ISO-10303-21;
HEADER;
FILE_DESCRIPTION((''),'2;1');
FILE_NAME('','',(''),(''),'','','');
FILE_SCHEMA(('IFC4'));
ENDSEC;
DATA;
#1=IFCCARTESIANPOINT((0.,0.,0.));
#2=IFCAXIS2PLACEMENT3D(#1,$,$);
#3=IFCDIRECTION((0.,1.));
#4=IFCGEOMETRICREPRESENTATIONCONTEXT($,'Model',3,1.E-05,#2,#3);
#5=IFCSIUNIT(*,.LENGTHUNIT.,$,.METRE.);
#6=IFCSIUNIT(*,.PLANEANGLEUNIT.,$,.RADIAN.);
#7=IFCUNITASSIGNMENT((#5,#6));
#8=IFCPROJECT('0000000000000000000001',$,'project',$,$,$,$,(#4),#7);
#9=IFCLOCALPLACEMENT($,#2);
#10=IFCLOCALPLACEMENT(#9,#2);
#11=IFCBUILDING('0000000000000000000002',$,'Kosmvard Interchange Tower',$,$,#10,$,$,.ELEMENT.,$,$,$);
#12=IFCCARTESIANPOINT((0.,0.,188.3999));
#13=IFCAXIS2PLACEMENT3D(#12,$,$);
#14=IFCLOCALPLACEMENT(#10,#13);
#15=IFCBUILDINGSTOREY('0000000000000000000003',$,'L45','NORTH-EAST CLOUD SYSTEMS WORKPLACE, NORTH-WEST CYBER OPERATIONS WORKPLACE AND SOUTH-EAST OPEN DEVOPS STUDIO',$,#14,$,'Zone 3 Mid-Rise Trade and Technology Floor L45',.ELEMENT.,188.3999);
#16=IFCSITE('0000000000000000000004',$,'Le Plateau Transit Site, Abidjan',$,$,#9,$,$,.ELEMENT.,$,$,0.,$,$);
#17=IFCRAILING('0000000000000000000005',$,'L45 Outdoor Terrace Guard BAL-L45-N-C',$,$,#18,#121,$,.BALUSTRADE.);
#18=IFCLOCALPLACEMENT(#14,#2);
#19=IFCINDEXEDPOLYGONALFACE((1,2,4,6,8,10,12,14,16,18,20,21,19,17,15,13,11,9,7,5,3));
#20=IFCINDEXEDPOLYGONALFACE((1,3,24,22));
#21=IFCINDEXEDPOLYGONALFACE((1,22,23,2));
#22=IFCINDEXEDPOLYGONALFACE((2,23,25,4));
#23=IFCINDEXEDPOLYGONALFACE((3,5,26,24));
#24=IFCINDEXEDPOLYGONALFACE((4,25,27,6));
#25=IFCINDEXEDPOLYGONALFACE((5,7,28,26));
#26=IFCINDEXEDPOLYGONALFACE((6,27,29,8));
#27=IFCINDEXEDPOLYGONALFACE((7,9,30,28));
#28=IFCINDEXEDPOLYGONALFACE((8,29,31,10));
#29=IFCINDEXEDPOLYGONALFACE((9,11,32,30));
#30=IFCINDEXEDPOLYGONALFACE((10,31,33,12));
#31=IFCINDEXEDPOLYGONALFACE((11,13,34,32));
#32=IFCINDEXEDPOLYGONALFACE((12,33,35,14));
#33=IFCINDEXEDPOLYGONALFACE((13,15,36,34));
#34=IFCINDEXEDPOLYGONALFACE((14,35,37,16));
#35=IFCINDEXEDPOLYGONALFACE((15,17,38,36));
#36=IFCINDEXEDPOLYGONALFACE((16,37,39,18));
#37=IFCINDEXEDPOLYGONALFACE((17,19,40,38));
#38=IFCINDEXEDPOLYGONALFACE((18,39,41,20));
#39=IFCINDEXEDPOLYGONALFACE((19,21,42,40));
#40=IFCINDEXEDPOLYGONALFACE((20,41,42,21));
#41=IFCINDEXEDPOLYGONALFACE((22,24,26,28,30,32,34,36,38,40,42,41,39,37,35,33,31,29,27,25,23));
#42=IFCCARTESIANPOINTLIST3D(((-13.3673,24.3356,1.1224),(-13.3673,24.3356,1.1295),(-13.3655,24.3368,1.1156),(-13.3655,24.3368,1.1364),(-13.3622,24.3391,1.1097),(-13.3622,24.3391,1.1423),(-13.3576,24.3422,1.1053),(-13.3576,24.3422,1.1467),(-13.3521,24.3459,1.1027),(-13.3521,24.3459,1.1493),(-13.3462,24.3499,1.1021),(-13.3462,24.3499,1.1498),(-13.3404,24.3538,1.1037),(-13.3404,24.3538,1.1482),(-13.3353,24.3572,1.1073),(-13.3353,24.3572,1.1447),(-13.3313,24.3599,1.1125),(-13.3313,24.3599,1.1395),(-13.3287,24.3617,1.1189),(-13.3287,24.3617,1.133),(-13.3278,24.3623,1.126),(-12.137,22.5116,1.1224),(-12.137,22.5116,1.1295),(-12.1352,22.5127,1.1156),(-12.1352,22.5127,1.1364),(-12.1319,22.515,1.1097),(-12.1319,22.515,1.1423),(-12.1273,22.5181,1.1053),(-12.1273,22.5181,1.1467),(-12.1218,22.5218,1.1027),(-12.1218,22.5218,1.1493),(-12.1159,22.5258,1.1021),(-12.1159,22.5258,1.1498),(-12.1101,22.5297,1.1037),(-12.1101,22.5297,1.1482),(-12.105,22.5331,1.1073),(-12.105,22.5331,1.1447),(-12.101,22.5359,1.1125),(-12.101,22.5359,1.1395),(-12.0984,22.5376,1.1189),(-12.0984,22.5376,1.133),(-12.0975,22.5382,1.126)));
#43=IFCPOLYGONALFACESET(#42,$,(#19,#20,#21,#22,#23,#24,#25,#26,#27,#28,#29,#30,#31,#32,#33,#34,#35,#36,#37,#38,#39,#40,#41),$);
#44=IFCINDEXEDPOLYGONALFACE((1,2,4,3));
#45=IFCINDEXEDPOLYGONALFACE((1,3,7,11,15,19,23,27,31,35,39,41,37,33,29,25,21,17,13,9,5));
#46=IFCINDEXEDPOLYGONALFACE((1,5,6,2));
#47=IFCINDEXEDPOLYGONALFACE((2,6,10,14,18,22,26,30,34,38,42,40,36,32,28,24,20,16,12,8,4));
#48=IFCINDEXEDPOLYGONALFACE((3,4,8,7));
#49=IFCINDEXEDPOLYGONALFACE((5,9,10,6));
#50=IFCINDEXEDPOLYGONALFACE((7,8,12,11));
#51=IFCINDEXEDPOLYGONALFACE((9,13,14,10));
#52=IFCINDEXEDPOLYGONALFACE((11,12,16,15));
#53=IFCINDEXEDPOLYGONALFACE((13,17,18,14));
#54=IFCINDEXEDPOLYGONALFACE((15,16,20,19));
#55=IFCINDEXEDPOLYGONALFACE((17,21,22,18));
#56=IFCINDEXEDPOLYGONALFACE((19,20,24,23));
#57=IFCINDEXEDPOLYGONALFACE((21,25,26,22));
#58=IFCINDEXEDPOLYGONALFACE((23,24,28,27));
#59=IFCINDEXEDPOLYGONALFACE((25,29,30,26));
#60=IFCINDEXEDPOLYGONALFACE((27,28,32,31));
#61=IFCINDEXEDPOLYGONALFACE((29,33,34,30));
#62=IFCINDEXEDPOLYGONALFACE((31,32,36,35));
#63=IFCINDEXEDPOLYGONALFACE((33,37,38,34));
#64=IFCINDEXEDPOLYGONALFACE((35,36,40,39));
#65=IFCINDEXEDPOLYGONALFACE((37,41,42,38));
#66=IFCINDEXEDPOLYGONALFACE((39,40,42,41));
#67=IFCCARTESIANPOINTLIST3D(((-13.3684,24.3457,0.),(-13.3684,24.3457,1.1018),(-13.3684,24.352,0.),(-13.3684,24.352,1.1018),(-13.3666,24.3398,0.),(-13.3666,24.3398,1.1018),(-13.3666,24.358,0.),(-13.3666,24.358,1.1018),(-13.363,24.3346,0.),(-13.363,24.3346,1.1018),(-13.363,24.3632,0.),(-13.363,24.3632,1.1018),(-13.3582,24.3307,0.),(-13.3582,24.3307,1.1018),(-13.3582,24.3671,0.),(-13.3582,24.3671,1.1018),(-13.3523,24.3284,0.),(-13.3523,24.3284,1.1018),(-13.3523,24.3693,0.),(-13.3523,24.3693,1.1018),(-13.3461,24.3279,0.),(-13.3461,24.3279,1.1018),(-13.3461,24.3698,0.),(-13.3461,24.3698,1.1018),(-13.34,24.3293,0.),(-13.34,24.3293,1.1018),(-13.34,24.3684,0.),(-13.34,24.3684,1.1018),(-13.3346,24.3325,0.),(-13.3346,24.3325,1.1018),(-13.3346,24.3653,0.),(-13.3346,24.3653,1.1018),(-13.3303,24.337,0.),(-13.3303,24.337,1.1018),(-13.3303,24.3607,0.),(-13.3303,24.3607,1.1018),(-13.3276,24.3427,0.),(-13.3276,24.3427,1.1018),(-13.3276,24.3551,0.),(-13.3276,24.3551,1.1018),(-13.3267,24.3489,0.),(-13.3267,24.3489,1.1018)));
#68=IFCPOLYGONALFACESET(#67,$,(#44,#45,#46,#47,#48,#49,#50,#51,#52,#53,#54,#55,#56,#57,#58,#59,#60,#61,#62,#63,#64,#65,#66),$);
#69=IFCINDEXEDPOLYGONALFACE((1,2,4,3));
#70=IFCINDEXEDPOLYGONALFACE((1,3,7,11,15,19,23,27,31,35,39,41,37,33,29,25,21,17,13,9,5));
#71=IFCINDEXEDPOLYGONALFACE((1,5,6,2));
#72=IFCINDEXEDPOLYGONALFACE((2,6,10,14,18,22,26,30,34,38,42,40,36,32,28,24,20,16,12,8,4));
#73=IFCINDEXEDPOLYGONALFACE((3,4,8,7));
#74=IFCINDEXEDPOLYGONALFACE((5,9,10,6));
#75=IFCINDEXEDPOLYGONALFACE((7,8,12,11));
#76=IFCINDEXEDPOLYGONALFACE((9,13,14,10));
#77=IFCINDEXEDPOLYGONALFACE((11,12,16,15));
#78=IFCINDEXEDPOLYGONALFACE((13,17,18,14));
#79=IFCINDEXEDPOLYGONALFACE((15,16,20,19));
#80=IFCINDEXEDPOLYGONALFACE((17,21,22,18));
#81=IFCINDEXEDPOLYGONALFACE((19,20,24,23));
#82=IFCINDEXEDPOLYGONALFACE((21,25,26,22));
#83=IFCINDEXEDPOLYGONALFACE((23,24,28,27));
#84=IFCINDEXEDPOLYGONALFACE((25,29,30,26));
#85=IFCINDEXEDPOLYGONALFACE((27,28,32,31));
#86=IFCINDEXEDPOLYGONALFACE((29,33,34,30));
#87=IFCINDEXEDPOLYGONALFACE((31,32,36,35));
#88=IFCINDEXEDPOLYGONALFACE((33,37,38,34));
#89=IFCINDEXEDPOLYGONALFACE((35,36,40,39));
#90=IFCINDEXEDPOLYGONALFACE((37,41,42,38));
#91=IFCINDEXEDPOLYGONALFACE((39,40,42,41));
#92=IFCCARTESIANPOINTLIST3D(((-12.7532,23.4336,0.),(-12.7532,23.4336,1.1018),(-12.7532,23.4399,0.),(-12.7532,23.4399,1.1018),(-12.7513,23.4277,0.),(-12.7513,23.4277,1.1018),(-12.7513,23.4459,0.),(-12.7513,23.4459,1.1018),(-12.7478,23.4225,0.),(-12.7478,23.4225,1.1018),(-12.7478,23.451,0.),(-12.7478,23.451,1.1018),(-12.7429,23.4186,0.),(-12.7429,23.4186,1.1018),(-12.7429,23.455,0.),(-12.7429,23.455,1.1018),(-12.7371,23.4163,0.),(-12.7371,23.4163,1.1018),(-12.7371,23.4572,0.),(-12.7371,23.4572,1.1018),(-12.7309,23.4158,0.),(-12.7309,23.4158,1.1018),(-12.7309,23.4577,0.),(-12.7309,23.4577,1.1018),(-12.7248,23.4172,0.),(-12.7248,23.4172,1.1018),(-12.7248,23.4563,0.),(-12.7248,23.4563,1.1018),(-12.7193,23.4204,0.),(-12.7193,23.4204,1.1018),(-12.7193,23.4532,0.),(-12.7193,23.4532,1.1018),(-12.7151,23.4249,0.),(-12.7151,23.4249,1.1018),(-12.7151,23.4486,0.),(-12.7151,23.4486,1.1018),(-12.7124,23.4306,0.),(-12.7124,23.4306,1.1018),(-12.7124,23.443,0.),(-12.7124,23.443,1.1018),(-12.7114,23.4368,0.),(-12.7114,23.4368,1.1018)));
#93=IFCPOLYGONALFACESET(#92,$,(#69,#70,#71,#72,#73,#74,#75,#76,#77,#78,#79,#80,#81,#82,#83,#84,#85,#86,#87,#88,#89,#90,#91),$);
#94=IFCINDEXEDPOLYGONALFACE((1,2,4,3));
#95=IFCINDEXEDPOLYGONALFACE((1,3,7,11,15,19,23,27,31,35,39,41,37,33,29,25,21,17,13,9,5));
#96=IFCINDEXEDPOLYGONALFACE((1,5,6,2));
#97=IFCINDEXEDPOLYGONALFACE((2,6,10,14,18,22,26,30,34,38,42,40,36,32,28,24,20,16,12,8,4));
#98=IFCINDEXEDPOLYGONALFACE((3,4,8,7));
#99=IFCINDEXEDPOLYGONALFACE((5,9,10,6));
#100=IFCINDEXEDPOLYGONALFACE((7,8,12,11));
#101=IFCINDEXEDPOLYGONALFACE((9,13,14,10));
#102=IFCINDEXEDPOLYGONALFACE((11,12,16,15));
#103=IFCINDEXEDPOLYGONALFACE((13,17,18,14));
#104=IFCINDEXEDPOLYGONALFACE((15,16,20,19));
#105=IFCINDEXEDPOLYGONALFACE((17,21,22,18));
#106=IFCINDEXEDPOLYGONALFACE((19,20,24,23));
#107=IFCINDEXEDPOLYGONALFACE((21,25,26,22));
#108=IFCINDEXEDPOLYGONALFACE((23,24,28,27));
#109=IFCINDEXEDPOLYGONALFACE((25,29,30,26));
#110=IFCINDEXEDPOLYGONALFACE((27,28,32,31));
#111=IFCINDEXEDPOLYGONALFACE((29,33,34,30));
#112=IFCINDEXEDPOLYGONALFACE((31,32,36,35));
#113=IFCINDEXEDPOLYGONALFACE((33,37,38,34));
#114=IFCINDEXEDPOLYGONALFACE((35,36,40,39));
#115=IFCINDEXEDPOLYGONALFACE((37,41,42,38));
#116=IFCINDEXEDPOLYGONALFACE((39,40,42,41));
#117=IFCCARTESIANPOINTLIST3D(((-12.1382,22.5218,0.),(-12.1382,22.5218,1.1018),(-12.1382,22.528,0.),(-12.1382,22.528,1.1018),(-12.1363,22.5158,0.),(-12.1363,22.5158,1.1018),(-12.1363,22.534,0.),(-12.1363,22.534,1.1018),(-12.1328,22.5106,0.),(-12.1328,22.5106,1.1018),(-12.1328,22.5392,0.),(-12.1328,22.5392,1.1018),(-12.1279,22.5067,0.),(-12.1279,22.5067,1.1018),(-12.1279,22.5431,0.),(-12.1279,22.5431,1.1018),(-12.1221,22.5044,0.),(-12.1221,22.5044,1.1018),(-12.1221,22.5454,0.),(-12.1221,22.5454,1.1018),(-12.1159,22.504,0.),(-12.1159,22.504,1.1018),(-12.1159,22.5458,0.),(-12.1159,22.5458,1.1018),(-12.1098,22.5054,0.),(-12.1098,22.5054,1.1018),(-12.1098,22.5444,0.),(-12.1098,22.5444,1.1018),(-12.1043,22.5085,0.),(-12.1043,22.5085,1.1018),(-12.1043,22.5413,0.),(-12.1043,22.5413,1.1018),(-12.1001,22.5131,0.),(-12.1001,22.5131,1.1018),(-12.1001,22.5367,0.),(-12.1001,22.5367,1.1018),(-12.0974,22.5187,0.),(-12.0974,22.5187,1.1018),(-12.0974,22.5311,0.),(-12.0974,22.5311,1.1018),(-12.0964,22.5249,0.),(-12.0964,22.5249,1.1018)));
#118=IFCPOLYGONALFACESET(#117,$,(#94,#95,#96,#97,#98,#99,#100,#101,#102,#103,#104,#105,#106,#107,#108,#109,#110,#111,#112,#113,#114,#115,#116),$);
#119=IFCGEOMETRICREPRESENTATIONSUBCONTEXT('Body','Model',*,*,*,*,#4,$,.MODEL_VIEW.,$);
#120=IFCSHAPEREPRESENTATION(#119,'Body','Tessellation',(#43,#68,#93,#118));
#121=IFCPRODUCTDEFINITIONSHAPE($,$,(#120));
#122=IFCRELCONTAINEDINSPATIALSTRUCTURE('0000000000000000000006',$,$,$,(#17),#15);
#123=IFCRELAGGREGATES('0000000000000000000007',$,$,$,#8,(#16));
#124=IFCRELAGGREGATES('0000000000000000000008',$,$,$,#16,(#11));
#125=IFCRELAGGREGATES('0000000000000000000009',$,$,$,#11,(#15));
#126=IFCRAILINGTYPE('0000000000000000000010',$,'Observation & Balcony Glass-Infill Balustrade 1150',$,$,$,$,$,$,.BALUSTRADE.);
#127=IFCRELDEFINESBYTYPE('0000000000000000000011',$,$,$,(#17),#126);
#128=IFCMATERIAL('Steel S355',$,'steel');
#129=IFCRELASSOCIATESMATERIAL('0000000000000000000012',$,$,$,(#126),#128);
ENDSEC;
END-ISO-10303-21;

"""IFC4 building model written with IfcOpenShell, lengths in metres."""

from ifc_helpers import new_model, si_unit, direction, frame, origin, origin_2d, place, context, subcontext, project, spatial, circle, extrude, source, transform, mapped, material, type_object, element, save


model = new_model("IFC4")

# Units and contexts
model_context = context("Model", 3, precision=1e-05, world=origin(), true_north=direction((0.0, 1.0)))
body_context = subcontext(model_context, "Body", "Model", "MODEL_VIEW")
ifc_project = project(units=[si_unit("LENGTHUNIT", "METRE"), si_unit("PLANEANGLEUNIT", "RADIAN")], contexts=[model_context])

# Site, building, storey
site_placement = place(None, origin())
site = spatial("IfcSite", under=ifc_project, at=site_placement, Name="Le Plateau Transit Site, Abidjan", CompositionType="ELEMENT", RefElevation=0.0)
building_placement = place(site_placement, origin())
building = spatial("IfcBuilding", under=site, at=building_placement, Name="Kosmvard Interchange Tower", CompositionType="ELEMENT")
storey_placement = place(building_placement, frame((0.0, 0.0, 188.3999)))
storey = spatial("IfcBuildingStorey", under=building, at=storey_placement, Name="L45", Description="NORTH-EAST CLOUD SYSTEMS WORKPLACE, NORTH-WEST CYBER OPERATIONS WORKPLACE AND SOUTH-EAST OPEN DEVOPS STUDIO", LongName="Zone 3 Mid-Rise Trade and Technology Floor L45", CompositionType="ELEMENT", Elevation=188.3999)

# Shared definitions
ifc_material_1 = material(Name="Steel S355", Category="steel")

# Railing
railing_type = type_object("IfcRailingType", Name="Observation & Balcony Glass-Infill Balustrade 1150", PredefinedType="BALUSTRADE", material=ifc_material_1)
shared_shape_1 = source(origin(), body_context, "Body", "SweptSolid", [
    extrude(circle(Radius=0.0239, at=origin_2d()), frame((0.0, 0.0, 1.126), z_axis=(0.559174, -0.829051, 0.0), x_axis=(0.829051, 0.559174, 0.0)), (0.0, 0.0, 1.0), 2.2002),
    extrude(circle(Radius=0.021, at=origin_2d()), origin(), (0.0, 0.0, 1.0), 1.1018),
    extrude(circle(Radius=0.021, at=origin_2d()), frame((0.6152, -0.9121, 0.0)), (0.0, 0.0, 1.0), 1.1018),
    extrude(circle(Radius=0.021, at=origin_2d()), frame((1.2302, -1.824, 0.0)), (0.0, 0.0, 1.0), 1.1018),
])
railing_placement = place(storey_placement, frame((-13.3477, 24.3489, 0.0)))
element("IfcRailing", 1, at=railing_placement, inside=storey, type_object=railing_type, Name="L45 Outdoor Terrace Guard BAL-L45-N-C", PredefinedType="BALUSTRADE", context=body_context, shape_type="MappedRepresentation", body=[
    mapped(shared_shape_1, transform((0.0, 0.0, 0.0), scale=1.0)),
])

save(model, "model.ifc")
